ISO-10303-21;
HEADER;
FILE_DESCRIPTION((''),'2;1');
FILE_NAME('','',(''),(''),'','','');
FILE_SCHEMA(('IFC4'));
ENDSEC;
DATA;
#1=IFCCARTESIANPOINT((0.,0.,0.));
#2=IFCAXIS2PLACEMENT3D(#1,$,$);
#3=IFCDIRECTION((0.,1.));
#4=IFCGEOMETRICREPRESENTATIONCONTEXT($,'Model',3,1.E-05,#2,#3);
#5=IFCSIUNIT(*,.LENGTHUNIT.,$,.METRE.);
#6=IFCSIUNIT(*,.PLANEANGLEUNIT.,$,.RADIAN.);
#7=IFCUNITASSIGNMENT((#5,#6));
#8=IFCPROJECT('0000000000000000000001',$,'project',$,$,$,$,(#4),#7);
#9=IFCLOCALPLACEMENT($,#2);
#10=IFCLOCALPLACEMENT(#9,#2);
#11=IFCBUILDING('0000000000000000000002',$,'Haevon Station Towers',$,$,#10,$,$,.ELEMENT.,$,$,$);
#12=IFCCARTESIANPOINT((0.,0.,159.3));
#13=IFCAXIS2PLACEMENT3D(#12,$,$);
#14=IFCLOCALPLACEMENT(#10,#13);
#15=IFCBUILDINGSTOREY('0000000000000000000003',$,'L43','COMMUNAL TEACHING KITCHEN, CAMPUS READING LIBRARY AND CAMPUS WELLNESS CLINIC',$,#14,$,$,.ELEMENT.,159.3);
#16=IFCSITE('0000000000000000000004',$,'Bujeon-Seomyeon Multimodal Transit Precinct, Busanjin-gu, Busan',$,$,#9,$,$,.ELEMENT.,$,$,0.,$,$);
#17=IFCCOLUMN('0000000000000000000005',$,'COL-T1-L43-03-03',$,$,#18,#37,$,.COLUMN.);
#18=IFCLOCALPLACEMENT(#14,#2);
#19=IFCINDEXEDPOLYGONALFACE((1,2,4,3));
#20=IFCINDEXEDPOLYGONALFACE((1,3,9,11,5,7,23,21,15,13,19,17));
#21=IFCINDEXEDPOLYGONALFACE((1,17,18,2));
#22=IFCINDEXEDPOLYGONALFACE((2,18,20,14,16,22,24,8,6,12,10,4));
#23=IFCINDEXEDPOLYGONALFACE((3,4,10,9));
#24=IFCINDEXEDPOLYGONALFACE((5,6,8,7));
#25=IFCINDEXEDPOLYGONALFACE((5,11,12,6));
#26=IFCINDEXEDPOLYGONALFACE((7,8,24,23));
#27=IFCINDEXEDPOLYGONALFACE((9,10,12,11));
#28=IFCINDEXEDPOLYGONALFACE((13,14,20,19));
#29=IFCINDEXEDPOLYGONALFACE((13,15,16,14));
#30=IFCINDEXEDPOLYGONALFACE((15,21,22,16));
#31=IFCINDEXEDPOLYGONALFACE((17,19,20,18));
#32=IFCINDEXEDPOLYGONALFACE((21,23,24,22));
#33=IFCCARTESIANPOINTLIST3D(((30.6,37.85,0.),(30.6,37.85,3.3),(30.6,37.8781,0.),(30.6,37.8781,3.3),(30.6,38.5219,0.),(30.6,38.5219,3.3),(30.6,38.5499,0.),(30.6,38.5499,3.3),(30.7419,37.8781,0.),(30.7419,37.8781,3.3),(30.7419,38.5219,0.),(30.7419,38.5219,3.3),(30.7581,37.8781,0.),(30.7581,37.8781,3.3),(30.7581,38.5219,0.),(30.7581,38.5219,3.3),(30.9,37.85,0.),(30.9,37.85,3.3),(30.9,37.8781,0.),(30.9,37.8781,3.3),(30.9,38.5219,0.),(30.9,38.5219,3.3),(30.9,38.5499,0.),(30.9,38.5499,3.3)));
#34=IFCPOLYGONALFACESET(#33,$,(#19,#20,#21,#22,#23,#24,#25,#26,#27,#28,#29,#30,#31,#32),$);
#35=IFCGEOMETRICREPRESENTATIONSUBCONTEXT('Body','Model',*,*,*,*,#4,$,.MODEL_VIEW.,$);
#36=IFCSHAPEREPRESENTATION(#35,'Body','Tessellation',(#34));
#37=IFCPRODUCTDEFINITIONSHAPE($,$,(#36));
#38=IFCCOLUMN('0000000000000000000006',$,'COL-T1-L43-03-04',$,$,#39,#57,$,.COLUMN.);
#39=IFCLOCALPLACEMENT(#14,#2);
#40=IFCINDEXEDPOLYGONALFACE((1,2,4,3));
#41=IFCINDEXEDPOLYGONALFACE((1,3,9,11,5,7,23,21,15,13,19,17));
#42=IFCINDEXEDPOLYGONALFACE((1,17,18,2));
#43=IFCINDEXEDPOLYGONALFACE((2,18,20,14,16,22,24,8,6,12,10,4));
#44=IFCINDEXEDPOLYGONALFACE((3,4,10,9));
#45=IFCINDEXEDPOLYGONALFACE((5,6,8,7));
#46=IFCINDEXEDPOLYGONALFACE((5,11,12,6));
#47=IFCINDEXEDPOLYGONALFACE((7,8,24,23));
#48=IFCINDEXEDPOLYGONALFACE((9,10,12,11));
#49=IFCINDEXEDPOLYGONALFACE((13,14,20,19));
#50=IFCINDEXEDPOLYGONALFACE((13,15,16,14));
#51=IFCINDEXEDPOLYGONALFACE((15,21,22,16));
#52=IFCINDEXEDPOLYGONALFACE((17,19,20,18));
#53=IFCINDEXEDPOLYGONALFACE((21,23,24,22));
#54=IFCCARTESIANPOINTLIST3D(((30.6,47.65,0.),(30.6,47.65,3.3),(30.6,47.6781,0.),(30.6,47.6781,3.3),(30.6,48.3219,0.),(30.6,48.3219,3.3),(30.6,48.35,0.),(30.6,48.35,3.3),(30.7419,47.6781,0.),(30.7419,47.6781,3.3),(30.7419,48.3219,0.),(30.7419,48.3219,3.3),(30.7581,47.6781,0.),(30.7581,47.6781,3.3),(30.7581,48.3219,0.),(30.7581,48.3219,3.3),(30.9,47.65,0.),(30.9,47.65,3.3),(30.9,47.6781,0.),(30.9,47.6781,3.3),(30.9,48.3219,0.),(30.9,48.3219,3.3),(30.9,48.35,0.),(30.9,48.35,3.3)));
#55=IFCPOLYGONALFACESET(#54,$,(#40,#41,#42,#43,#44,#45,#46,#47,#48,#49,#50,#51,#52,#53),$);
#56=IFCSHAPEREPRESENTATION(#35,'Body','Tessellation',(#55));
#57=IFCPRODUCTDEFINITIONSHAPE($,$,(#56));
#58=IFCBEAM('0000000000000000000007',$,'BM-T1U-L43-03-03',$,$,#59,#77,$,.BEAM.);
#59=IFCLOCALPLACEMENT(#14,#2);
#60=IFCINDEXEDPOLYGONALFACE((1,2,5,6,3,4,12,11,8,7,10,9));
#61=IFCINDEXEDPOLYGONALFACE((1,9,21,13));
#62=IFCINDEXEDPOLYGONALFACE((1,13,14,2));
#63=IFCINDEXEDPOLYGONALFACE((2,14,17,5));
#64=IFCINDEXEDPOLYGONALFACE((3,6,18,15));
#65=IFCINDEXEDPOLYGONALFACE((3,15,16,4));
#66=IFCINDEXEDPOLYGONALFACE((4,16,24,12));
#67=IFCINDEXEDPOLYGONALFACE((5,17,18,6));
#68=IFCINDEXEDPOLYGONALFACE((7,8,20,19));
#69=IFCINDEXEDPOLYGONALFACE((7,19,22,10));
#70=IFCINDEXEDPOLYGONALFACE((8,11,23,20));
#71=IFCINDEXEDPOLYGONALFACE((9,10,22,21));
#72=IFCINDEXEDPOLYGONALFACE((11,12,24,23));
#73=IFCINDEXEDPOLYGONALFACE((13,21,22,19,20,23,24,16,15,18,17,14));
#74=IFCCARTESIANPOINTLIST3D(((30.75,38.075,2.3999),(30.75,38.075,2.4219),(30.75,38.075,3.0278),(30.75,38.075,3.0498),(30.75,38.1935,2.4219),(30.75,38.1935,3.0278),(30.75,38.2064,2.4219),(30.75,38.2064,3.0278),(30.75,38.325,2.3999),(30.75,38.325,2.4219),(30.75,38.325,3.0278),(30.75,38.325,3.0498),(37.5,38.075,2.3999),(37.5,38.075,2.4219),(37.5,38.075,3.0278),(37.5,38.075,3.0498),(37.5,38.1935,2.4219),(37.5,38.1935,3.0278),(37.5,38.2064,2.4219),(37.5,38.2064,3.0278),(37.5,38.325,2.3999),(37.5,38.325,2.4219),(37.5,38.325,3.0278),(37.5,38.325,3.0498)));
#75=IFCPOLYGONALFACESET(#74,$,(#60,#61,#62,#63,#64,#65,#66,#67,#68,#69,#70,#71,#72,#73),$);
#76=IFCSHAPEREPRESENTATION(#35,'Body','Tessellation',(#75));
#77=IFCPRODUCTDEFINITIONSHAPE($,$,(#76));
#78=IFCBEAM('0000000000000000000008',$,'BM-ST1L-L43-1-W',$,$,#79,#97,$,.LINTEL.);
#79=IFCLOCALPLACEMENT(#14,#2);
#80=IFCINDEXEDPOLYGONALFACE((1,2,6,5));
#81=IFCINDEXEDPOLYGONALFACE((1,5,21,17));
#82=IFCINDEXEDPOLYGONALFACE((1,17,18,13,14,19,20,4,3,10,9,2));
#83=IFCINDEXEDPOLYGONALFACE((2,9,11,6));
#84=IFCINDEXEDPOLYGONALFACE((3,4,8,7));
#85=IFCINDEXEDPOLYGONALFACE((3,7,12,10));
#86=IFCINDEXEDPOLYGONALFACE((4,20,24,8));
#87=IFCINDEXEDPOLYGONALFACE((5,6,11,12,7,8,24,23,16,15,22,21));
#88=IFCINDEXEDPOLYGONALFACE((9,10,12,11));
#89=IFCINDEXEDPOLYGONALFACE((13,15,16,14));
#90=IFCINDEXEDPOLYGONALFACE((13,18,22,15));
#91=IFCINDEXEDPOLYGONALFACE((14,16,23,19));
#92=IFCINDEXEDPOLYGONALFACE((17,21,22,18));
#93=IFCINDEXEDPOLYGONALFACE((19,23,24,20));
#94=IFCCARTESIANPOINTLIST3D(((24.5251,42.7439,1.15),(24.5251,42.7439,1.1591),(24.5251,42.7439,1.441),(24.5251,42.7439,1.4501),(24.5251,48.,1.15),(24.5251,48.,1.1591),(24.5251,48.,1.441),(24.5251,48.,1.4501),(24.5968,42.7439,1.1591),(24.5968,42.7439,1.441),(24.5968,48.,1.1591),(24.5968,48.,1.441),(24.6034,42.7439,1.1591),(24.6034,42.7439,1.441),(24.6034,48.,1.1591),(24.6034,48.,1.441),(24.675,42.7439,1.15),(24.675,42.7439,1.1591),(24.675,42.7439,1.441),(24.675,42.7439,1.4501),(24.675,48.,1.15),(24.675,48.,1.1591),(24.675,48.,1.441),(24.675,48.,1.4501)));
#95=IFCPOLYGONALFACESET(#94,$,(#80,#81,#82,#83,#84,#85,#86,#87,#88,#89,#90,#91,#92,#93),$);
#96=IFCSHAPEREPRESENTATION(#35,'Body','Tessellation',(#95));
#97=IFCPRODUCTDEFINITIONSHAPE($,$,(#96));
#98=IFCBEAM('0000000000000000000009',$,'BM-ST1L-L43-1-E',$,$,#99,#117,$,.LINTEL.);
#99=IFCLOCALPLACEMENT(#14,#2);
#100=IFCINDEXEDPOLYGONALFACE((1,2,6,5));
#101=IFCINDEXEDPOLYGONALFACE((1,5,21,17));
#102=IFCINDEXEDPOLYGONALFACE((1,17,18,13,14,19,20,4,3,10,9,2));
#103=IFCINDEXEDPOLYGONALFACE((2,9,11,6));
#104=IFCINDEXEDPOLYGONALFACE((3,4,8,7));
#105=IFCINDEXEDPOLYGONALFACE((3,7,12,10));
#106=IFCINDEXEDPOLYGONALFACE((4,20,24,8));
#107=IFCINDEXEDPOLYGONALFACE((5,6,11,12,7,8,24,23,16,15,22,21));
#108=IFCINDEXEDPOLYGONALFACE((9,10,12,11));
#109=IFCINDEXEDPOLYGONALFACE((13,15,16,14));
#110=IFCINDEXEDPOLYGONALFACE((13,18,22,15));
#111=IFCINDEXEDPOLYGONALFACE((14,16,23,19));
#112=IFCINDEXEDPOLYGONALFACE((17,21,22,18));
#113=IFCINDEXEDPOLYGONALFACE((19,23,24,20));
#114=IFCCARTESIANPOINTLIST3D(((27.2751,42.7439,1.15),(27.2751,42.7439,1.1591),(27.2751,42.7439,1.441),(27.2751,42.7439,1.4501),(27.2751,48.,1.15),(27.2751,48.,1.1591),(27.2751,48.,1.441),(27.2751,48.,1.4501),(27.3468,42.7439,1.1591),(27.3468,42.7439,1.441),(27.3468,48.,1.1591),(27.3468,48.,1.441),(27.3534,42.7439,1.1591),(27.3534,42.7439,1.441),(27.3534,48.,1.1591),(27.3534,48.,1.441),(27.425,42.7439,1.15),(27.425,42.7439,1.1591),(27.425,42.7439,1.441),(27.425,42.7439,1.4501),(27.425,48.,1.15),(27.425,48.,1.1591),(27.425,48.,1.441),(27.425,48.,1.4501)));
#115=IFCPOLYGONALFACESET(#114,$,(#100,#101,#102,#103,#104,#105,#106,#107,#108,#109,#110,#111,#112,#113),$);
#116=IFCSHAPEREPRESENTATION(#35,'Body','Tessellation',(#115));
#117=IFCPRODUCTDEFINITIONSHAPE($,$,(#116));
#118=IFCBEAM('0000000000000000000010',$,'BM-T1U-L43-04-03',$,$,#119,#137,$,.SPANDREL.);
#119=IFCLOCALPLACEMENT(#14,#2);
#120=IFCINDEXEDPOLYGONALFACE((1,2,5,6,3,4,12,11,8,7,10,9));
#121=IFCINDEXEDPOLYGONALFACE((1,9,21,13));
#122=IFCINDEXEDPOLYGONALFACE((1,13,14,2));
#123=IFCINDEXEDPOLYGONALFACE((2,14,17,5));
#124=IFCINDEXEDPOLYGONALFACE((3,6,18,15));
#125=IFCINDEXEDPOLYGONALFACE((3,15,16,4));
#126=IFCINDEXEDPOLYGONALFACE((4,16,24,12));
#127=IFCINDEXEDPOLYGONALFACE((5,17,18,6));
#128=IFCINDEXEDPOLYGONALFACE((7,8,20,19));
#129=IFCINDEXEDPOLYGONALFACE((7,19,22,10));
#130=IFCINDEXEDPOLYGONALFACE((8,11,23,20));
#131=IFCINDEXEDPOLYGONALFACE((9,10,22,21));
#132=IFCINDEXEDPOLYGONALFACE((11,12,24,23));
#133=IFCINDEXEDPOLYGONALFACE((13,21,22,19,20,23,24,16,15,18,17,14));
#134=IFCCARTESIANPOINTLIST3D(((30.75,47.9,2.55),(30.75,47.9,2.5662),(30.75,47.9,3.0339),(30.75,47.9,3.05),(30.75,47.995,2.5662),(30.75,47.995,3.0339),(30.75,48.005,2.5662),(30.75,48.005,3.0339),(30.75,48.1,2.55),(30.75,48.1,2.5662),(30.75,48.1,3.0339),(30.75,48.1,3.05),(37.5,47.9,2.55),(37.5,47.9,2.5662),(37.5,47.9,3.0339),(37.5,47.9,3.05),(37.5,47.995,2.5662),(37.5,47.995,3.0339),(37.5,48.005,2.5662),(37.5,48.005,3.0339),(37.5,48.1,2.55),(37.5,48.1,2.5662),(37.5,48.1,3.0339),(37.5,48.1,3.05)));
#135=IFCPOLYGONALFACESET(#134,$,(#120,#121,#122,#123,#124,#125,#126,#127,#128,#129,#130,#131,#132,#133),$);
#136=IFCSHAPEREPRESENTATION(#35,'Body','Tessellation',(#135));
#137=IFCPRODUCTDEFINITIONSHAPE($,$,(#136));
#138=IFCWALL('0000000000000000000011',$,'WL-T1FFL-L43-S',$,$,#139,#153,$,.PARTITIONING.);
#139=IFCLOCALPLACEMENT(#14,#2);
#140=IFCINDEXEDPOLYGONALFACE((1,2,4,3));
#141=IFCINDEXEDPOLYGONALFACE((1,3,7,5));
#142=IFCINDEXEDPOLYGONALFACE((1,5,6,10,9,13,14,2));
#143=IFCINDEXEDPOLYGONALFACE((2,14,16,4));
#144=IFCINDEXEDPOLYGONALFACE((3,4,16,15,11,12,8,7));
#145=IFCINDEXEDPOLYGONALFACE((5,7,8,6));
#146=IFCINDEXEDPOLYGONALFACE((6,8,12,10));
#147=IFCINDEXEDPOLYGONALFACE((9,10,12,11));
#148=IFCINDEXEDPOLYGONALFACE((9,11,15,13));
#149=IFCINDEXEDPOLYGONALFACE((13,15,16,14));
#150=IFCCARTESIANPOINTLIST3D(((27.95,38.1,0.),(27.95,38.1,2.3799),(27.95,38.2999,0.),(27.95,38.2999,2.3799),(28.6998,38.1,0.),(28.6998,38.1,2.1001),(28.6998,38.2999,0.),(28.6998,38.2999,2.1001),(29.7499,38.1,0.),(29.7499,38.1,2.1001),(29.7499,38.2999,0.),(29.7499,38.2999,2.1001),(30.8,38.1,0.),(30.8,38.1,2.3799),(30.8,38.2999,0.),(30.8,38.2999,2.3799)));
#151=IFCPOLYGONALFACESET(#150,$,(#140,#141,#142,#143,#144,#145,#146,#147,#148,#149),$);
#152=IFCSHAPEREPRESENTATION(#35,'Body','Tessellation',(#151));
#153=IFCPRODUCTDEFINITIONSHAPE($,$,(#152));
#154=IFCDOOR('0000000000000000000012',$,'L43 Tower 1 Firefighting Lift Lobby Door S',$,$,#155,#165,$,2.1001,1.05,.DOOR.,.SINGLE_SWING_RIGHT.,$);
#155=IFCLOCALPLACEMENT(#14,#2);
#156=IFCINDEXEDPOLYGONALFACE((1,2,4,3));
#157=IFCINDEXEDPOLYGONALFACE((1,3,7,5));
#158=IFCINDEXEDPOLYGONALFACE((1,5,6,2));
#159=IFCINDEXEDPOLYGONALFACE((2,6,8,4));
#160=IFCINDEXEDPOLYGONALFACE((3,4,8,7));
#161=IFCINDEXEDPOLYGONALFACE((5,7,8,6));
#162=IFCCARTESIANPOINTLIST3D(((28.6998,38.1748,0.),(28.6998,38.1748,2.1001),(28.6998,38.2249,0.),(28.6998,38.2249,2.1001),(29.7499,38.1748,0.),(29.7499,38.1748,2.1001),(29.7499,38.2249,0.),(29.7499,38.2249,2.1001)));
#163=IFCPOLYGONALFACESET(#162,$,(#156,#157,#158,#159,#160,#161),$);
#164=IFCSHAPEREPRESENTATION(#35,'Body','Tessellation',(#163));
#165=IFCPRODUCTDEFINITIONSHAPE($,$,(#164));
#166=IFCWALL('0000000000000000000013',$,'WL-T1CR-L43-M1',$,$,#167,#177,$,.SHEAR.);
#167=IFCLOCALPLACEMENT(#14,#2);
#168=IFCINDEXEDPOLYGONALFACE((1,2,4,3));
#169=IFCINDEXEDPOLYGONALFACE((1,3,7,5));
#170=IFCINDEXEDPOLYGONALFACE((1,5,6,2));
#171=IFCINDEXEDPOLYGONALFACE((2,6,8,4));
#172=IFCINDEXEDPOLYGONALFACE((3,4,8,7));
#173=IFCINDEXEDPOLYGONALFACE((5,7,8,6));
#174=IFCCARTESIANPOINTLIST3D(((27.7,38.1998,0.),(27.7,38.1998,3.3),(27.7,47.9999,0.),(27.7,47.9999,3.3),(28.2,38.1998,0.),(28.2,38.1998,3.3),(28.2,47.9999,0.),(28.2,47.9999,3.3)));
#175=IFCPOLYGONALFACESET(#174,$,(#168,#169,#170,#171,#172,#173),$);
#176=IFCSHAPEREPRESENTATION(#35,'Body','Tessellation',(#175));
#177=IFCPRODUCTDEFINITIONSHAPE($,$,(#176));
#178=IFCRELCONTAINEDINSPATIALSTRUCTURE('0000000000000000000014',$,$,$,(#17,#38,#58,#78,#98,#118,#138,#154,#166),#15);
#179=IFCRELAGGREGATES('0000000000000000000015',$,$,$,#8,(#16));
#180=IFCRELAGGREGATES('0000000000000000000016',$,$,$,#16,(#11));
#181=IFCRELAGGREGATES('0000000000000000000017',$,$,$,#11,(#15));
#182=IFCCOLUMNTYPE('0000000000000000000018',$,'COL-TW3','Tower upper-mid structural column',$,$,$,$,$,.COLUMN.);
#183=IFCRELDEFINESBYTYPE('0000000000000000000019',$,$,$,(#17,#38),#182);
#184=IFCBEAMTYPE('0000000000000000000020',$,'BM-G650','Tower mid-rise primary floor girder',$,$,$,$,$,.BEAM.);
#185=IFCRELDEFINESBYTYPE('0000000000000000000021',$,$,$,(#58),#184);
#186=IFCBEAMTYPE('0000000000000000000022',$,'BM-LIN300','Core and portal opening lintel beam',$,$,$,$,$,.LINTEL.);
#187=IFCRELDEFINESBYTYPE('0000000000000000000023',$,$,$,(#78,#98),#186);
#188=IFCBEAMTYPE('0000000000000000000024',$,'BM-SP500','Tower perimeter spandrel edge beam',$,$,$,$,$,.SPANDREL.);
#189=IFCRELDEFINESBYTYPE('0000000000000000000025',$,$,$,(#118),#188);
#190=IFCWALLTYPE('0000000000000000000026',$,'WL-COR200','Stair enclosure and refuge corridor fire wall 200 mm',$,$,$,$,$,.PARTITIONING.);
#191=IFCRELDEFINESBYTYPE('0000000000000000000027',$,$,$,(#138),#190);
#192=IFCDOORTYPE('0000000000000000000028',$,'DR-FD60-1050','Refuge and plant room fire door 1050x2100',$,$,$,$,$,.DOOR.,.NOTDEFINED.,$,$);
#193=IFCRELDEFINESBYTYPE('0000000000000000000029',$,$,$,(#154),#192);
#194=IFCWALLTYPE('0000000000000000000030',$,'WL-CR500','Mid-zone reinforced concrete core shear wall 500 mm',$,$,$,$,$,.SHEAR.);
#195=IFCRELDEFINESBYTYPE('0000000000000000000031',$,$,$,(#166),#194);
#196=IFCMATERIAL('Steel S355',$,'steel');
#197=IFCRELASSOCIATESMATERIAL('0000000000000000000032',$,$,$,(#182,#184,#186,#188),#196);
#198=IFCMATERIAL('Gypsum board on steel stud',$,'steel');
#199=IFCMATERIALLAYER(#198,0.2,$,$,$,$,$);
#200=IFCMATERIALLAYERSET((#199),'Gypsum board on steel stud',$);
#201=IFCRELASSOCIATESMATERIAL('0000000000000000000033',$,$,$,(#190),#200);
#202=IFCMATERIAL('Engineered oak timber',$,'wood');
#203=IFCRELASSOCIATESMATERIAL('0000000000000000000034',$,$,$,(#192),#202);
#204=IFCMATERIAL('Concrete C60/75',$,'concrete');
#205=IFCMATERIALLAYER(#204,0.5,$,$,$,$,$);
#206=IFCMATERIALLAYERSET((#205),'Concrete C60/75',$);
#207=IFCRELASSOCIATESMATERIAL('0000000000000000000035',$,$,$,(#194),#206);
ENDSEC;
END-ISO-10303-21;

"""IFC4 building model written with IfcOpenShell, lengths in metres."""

from ifc_helpers import new_model, si_unit, direction, frame, frame_2d, origin, origin_2d, place, context, subcontext, project, spatial, rectangle, i_section, extrude, material, layer, layer_set, material_profile, profile_set, type_object, element, fill, save


model = new_model("IFC4")

# Units and contexts
model_context = context("Model", 3, precision=1e-05, world=origin(), true_north=direction((0.0, 1.0)))
body_context = subcontext(model_context, "Body", "Model", "MODEL_VIEW")
ifc_project = project(units=[si_unit("LENGTHUNIT", "METRE"), si_unit("PLANEANGLEUNIT", "RADIAN")], contexts=[model_context])

# Site, building, storey
site_placement = place(None, origin())
site = spatial("IfcSite", under=ifc_project, at=site_placement, Name="Bujeon-Seomyeon Multimodal Transit Precinct, Busanjin-gu, Busan", CompositionType="ELEMENT", RefElevation=0.0)
building_placement = place(site_placement, origin())
building = spatial("IfcBuilding", under=site, at=building_placement, Name="Haevon Station Towers", CompositionType="ELEMENT")
storey_placement = place(building_placement, frame((0.0, 0.0, 159.3)))
storey = spatial("IfcBuildingStorey", under=building, at=storey_placement, Name="L43", Description="COMMUNAL TEACHING KITCHEN, CAMPUS READING LIBRARY AND CAMPUS WELLNESS CLINIC", CompositionType="ELEMENT", Elevation=159.3)

# Columns
ifc_material_1 = material(Name="Steel S355", Category="steel")
ifc_material_profile_1 = material_profile(ifc_material_1, i_section(OverallWidth=0.3, OverallDepth=0.7, WebThickness=0.0161, FlangeThickness=0.0281, at=origin_2d()), Name="H-700x300x16x28")
ifc_profile_set_1 = profile_set([ifc_material_profile_1], Name="Steel S355")
column_type = type_object("IfcColumnType", Name="COL-TW3", Description="Tower upper-mid structural column", PredefinedType="COLUMN", material=ifc_profile_set_1)
for number, where, z_axis, x_axis, name in (
    (1, (30.75, 38.2, 0.0), (0.0, 0.0, 1.0), (1.0, 0.0, 0.0), "COL-T1-L43-03-03"),
    (2, (30.75, 48.0, 0.0), (0.0, 0.0, 1.0), (1.0, 0.0, 0.0), "COL-T1-L43-03-04"),
):
    element("IfcColumn", number, at=place(storey_placement, frame(where, z_axis=z_axis, x_axis=x_axis)), inside=storey, type_object=column_type, Name=name, PredefinedType="COLUMN", context=body_context, shape_type="SweptSolid", body=[
        extrude(i_section(OverallWidth=0.3, OverallDepth=0.7, WebThickness=0.0161, FlangeThickness=0.0281, at=origin_2d()), origin(), (0.0, 0.0, 1.0), 3.3),
    ])

# Beams
ifc_material_profile_2 = material_profile(ifc_material_1, i_section(OverallWidth=0.25, OverallDepth=0.6499, WebThickness=0.0129, FlangeThickness=0.022, at=origin_2d()), Name="H-650x250x13x22")
ifc_profile_set_2 = profile_set([ifc_material_profile_2], Name="Steel S355")
beam_type_1 = type_object("IfcBeamType", Name="BM-G650", Description="Tower mid-rise primary floor girder", PredefinedType="BEAM", material=ifc_profile_set_2)
beam_1_placement = place(storey_placement, frame((30.75, 38.2, 2.7249), z_axis=(1.0, 0.0, 0.0), x_axis=(0.0, 1.0, 0.0)))
element("IfcBeam", 3, at=beam_1_placement, inside=storey, type_object=beam_type_1, Name="BM-T1U-L43-03-03", PredefinedType="BEAM", context=body_context, shape_type="SweptSolid", body=[
    extrude(i_section(OverallWidth=0.25, OverallDepth=0.6499, WebThickness=0.0129, FlangeThickness=0.022, at=origin_2d()), origin(), (0.0, 0.0, 1.0), 6.75),
])
ifc_material_profile_3 = material_profile(ifc_material_1, i_section(OverallWidth=0.1499, OverallDepth=0.3, WebThickness=0.0066, FlangeThickness=0.009, at=origin_2d()), Name="H-300x150x6.5x9")
ifc_profile_set_3 = profile_set([ifc_material_profile_3], Name="Steel S355")
beam_type_2 = type_object("IfcBeamType", Name="BM-LIN300", Description="Core and portal opening lintel beam", PredefinedType="LINTEL", material=ifc_profile_set_3)
for number, where, z_axis, x_axis, name in (
    (4, (24.6001, 42.7439, 1.3), (0.0, 1.0, 0.0), (-1.0, 0.0, 0.0), "BM-ST1L-L43-1-W"),
    (5, (27.3501, 42.7439, 1.3), (0.0, 1.0, 0.0), (-1.0, 0.0, 0.0), "BM-ST1L-L43-1-E"),
):
    element("IfcBeam", number, at=place(storey_placement, frame(where, z_axis=z_axis, x_axis=x_axis)), inside=storey, type_object=beam_type_2, Name=name, PredefinedType="LINTEL", context=body_context, shape_type="SweptSolid", body=[
        extrude(i_section(OverallWidth=0.1499, OverallDepth=0.3, WebThickness=0.0066, FlangeThickness=0.009, at=origin_2d()), origin(), (0.0, 0.0, 1.0), 5.2561),
    ])
ifc_material_profile_4 = material_profile(ifc_material_1, i_section(OverallWidth=0.2, OverallDepth=0.5, WebThickness=0.01, FlangeThickness=0.0161, at=origin_2d()), Name="H-500x200x10x16")
ifc_profile_set_4 = profile_set([ifc_material_profile_4], Name="Steel S355")
beam_type_3 = type_object("IfcBeamType", Name="BM-SP500", Description="Tower perimeter spandrel edge beam", PredefinedType="SPANDREL", material=ifc_profile_set_4)
beam_2_placement = place(storey_placement, frame((30.75, 48.0, 2.8), z_axis=(1.0, 0.0, 0.0), x_axis=(0.0, 1.0, 0.0)))
element("IfcBeam", 6, at=beam_2_placement, inside=storey, type_object=beam_type_3, Name="BM-T1U-L43-04-03", PredefinedType="SPANDREL", context=body_context, shape_type="SweptSolid", body=[
    extrude(i_section(OverallWidth=0.2, OverallDepth=0.5, WebThickness=0.01, FlangeThickness=0.0161, at=origin_2d()), origin(), (0.0, 0.0, 1.0), 6.75),
])

# Wall, opening, door
ifc_material_2 = material(Name="Gypsum board on steel stud", Category="steel")
ifc_layer_1 = layer(ifc_material_2, 0.2)
ifc_layer_set_1 = layer_set([ifc_layer_1], Name="Gypsum board on steel stud")
wall_type_1 = type_object("IfcWallType", Name="WL-COR200", Description="Stair enclosure and refuge corridor fire wall 200 mm", PredefinedType="PARTITIONING", material=ifc_layer_set_1)
wall_1_placement = place(storey_placement, frame((27.95, 38.2, 0.0), z_axis=(0.0, 0.0, 1.0), x_axis=(1.0, 0.0, 0.0)))
wall_1 = element("IfcWall", 7, at=wall_1_placement, inside=storey, type_object=wall_type_1, Name="WL-T1FFL-L43-S", PredefinedType="PARTITIONING", context=body_context, shape_type="SweptSolid", body=[
    extrude(rectangle(XDim=2.8501, YDim=0.2, at=frame_2d((1.425, 0.0))), origin(), (0.0, 0.0, 1.0), 2.3799),
])
opening_1_placement = place(wall_1_placement, frame((0.75, 0.0, 0.0)))
opening_1 = element("IfcOpeningElement", 8, at=opening_1_placement, cuts=wall_1, PredefinedType="OPENING", context=body_context, shape_type="SweptSolid", body=[
    extrude(rectangle(XDim=1.05, YDim=2.1001, at=frame_2d((0.5249, 1.05))), frame((0.0, 0.1099, 0.0), z_axis=(0.0, -1.0, 0.0), x_axis=(1.0, 0.0, 0.0)), (0.0, 0.0, 1.0), 0.22),
])
ifc_material_3 = material(Name="Engineered oak timber", Category="wood")
door_type_1 = type_object("IfcDoorType", Name="DR-FD60-1050", Description="Refuge and plant room fire door 1050x2100", OperationType="NOTDEFINED", PredefinedType="DOOR", material=ifc_material_3)
door_1_placement = place(opening_1_placement, origin())
door_1 = element("IfcDoor", 9, at=door_1_placement, inside=storey, type_object=door_type_1, Name="L43 Tower 1 Firefighting Lift Lobby Door S", OperationType="SINGLE_SWING_RIGHT", OverallHeight=2.1001, OverallWidth=1.05, PredefinedType="DOOR", context=body_context, shape_type="SweptSolid", body=[
    extrude(rectangle(XDim=1.05, YDim=2.1001, at=frame_2d((0.5249, 1.05))), frame((0.0, 0.0249, 0.0), z_axis=(0.0, -1.0, 0.0), x_axis=(1.0, 0.0, 0.0)), (0.0, 0.0, 1.0), 0.05),
])
fill(opening_1, door_1)

# Wall
ifc_material_4 = material(Name="Concrete C60/75", Category="concrete")
ifc_layer_2 = layer(ifc_material_4, 0.5)
ifc_layer_set_2 = layer_set([ifc_layer_2], Name="Concrete C60/75")
wall_type_2 = type_object("IfcWallType", Name="WL-CR500", Description="Mid-zone reinforced concrete core shear wall 500 mm", PredefinedType="SHEAR", material=ifc_layer_set_2)
wall_2_placement = place(storey_placement, frame((27.95, 38.2, 0.0), z_axis=(0.0, 0.0, 1.0), x_axis=(0.0, 1.0, 0.0)))
element("IfcWall", 10, at=wall_2_placement, inside=storey, type_object=wall_type_2, Name="WL-T1CR-L43-M1", PredefinedType="SHEAR", context=body_context, shape_type="SweptSolid", body=[
    extrude(rectangle(XDim=9.8, YDim=0.5, at=frame_2d((4.8999, 0.0))), origin(), (0.0, 0.0, 1.0), 3.3),
])

save(model, "model.ifc")
